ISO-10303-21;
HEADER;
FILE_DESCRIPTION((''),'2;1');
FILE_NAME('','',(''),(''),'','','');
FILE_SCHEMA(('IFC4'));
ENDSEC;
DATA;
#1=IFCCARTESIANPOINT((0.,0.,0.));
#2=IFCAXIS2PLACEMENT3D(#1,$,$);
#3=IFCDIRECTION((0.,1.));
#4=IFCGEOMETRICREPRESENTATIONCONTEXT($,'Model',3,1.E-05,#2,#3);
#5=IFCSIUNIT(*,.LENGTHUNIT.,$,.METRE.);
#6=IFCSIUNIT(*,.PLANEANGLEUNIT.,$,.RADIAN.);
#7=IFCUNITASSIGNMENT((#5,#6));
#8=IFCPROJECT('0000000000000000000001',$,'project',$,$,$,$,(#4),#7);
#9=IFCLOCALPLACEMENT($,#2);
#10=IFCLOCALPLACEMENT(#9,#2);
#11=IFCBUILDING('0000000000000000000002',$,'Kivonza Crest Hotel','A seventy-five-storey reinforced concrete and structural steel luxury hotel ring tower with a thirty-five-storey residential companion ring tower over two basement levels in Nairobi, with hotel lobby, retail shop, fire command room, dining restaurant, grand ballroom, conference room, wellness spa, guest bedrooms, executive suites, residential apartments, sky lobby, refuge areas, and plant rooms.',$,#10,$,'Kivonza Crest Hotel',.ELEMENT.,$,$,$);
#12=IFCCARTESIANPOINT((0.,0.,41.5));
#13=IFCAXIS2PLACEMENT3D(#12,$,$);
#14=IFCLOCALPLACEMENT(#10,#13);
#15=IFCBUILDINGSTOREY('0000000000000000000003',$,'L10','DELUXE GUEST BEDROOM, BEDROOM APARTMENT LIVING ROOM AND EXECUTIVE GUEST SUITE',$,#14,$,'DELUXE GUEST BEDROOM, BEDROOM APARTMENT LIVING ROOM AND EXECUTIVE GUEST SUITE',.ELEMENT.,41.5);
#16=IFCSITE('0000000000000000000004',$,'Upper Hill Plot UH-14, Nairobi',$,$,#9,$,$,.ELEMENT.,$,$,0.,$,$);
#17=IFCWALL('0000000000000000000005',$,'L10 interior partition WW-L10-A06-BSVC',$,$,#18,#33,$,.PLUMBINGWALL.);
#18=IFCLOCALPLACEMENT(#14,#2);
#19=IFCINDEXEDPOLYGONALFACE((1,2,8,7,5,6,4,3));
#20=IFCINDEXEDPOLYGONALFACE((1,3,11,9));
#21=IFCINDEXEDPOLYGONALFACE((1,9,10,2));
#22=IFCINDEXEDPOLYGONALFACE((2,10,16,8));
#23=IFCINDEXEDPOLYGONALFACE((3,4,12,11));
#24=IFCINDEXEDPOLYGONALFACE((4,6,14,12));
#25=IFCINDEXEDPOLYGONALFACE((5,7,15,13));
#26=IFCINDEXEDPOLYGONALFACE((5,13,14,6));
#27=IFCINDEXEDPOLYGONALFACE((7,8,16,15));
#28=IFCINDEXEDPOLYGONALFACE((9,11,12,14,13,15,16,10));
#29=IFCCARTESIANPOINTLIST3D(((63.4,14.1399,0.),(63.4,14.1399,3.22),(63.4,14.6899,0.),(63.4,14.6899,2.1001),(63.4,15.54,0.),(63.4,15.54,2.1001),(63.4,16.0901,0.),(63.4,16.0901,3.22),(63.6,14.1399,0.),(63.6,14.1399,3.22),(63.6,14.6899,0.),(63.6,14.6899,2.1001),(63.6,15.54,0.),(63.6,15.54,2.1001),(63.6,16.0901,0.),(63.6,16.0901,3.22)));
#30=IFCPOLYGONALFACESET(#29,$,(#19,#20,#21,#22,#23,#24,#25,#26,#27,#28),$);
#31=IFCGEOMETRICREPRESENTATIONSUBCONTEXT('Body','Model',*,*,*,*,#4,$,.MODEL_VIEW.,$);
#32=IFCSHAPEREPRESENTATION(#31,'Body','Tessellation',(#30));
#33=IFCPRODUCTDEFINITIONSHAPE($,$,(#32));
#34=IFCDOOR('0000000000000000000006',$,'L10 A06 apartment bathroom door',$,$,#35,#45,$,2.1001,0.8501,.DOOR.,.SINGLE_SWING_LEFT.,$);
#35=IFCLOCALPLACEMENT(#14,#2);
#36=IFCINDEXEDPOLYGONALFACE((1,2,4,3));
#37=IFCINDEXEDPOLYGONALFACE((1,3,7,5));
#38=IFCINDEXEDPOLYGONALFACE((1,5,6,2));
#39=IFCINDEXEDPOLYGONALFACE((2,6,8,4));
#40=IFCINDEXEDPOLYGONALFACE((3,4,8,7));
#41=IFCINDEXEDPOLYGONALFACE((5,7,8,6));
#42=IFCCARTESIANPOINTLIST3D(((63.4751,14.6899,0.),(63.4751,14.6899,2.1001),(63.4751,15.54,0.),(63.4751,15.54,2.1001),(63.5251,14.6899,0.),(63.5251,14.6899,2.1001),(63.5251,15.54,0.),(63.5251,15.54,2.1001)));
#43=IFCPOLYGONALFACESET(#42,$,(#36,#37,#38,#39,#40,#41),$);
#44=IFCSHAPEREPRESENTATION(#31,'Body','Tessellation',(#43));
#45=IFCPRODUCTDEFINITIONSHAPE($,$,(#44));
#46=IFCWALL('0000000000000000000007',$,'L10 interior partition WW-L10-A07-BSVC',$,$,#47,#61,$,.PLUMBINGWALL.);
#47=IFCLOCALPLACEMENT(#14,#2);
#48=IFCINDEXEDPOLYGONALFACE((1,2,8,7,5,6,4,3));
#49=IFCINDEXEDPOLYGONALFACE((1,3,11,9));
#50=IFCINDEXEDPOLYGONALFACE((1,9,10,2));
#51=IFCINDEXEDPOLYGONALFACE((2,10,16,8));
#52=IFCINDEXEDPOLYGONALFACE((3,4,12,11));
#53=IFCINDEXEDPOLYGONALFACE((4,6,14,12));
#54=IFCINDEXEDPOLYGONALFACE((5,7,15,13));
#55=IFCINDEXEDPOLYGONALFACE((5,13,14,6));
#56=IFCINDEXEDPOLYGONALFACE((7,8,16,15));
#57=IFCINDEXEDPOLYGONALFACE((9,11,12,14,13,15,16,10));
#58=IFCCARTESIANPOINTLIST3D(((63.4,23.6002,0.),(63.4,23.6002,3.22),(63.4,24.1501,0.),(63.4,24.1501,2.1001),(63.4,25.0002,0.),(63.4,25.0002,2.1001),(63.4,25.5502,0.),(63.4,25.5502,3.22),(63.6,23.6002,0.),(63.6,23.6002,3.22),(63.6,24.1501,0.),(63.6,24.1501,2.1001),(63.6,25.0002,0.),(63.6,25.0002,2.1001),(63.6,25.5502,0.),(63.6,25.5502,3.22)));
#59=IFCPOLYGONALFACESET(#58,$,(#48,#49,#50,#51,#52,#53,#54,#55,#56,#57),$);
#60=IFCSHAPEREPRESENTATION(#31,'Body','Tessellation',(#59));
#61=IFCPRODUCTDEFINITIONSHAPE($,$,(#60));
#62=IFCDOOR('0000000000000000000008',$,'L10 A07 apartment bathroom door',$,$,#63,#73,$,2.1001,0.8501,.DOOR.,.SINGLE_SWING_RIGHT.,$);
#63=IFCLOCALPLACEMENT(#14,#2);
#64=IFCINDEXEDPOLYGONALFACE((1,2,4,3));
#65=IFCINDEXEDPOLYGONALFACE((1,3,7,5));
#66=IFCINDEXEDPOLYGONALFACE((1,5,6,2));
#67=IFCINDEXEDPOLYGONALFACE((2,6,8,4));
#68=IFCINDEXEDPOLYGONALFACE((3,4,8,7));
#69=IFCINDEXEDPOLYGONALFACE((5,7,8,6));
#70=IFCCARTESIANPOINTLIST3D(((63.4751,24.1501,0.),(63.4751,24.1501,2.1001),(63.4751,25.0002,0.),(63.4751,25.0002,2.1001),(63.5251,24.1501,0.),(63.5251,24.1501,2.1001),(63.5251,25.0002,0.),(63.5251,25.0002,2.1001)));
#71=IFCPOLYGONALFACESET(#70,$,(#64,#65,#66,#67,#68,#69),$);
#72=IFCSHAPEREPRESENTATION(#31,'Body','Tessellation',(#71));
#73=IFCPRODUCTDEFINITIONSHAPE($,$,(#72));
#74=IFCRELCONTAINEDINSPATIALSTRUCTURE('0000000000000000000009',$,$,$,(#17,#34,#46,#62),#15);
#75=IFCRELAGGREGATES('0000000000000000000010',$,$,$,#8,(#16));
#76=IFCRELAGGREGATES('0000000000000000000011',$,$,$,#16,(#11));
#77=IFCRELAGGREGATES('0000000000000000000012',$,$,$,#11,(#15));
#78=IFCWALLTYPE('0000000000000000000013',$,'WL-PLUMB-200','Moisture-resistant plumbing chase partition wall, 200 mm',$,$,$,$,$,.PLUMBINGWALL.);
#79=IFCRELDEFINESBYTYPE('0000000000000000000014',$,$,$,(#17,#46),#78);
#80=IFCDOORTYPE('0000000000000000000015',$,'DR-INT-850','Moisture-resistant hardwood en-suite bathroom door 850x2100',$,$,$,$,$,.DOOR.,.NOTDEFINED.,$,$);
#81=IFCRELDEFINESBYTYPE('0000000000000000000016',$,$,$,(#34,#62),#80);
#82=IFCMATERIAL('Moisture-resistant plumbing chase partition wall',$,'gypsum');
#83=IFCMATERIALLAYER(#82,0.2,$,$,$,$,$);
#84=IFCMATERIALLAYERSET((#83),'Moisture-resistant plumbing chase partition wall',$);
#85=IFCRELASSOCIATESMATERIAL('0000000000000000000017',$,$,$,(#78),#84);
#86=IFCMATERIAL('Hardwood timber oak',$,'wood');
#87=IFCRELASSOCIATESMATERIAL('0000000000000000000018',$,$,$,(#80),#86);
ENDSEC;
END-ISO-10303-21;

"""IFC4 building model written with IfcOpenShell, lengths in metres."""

from ifc_helpers import new_model, si_unit, direction, frame, frame_2d, origin, place, context, subcontext, project, spatial, rectangle, extrude, material, layer, layer_set, type_object, element, fill, save


model = new_model("IFC4")

# Units and contexts
model_context = context("Model", 3, precision=1e-05, world=origin(), true_north=direction((0.0, 1.0)))
body_context = subcontext(model_context, "Body", "Model", "MODEL_VIEW")
ifc_project = project(units=[si_unit("LENGTHUNIT", "METRE"), si_unit("PLANEANGLEUNIT", "RADIAN")], contexts=[model_context])

# Site, building, storey
site_placement = place(None, origin())
site = spatial("IfcSite", under=ifc_project, at=site_placement, Name="Upper Hill Plot UH-14, Nairobi", CompositionType="ELEMENT", RefElevation=0.0)
building_placement = place(site_placement, origin())
building = spatial("IfcBuilding", under=site, at=building_placement, Name="Kivonza Crest Hotel", Description="A seventy-five-storey reinforced concrete and structural steel luxury hotel ring tower with a thirty-five-storey residential companion ring tower over two basement levels in Nairobi, with hotel lobby, retail shop, fire command room, dining restaurant, grand ballroom, conference room, wellness spa, guest bedrooms, executive suites, residential apartments, sky lobby, refuge areas, and plant rooms.", LongName="Kivonza Crest Hotel", CompositionType="ELEMENT")
storey_placement = place(building_placement, frame((0.0, 0.0, 41.5)))
storey = spatial("IfcBuildingStorey", under=building, at=storey_placement, Name="L10", Description="DELUXE GUEST BEDROOM, BEDROOM APARTMENT LIVING ROOM AND EXECUTIVE GUEST SUITE", LongName="DELUXE GUEST BEDROOM, BEDROOM APARTMENT LIVING ROOM AND EXECUTIVE GUEST SUITE", CompositionType="ELEMENT", Elevation=41.5)

# Walls, openings, doors
ifc_material_1 = material(Name="Hardwood timber oak", Category="wood")
ifc_material_2 = material(Name="Moisture-resistant plumbing chase partition wall", Category="gypsum")
ifc_layer_1 = layer(ifc_material_2, 0.2)
ifc_layer_set_1 = layer_set([ifc_layer_1], Name="Moisture-resistant plumbing chase partition wall")
wall_type_1 = type_object("IfcWallType", Name="WL-PLUMB-200", Description="Moisture-resistant plumbing chase partition wall, 200 mm", PredefinedType="PLUMBINGWALL", material=ifc_layer_set_1)
wall_1_placement = place(storey_placement, frame((63.5, 14.1399, 0.0), z_axis=(0.0, 0.0, 1.0), x_axis=(0.0, 1.0, 0.0)))
wall_1 = element("IfcWall", 1, at=wall_1_placement, inside=storey, type_object=wall_type_1, Name="L10 interior partition WW-L10-A06-BSVC", PredefinedType="PLUMBINGWALL", context=body_context, shape_type="SweptSolid", body=[
    extrude(rectangle(XDim=1.9502, YDim=0.2, at=frame_2d((0.9751, 0.0))), origin(), (0.0, 0.0, 1.0), 3.22),
])
opening_1_placement = place(wall_1_placement, frame((0.55, 0.0, 0.0)))
opening_1 = element("IfcOpeningElement", 2, at=opening_1_placement, cuts=wall_1, PredefinedType="OPENING", context=body_context, shape_type="SweptSolid", body=[
    extrude(rectangle(XDim=0.8501, YDim=2.1001, at=frame_2d((0.425, 1.05))), frame((0.0, 0.1099, 0.0), z_axis=(0.0, -1.0, 0.0), x_axis=(1.0, 0.0, 0.0)), (0.0, 0.0, 1.0), 0.22),
])
door_type_1 = type_object("IfcDoorType", Name="DR-INT-850", Description="Moisture-resistant hardwood en-suite bathroom door 850x2100", OperationType="NOTDEFINED", PredefinedType="DOOR", material=ifc_material_1)
door_1_placement = place(opening_1_placement, origin())
door_1 = element("IfcDoor", 3, at=door_1_placement, inside=storey, type_object=door_type_1, Name="L10 A06 apartment bathroom door", OperationType="SINGLE_SWING_LEFT", OverallHeight=2.1001, OverallWidth=0.8501, PredefinedType="DOOR", context=body_context, shape_type="SweptSolid", body=[
    extrude(rectangle(XDim=0.8501, YDim=2.1001, at=frame_2d((0.425, 1.05))), frame((0.0, 0.0249, 0.0), z_axis=(0.0, -1.0, 0.0), x_axis=(1.0, 0.0, 0.0)), (0.0, 0.0, 1.0), 0.05),
])
fill(opening_1, door_1)
wall_2_placement = place(storey_placement, frame((63.5, 23.6001, 0.0), z_axis=(0.0, 0.0, 1.0), x_axis=(0.0, 1.0, 0.0)))
wall_2 = element("IfcWall", 4, at=wall_2_placement, inside=storey, type_object=wall_type_1, Name="L10 interior partition WW-L10-A07-BSVC", PredefinedType="PLUMBINGWALL", context=body_context, shape_type="SweptSolid", body=[
    extrude(rectangle(XDim=1.95, YDim=0.2, at=frame_2d((0.9751, 0.0))), origin(), (0.0, 0.0, 1.0), 3.22),
])
opening_2_placement = place(wall_2_placement, frame((0.55, 0.0, 0.0)))
opening_2 = element("IfcOpeningElement", 5, at=opening_2_placement, cuts=wall_2, PredefinedType="OPENING", context=body_context, shape_type="SweptSolid", body=[
    extrude(rectangle(XDim=0.8501, YDim=2.1001, at=frame_2d((0.425, 1.05))), frame((0.0, 0.1099, 0.0), z_axis=(0.0, -1.0, 0.0), x_axis=(1.0, 0.0, 0.0)), (0.0, 0.0, 1.0), 0.22),
])
door_2_placement = place(opening_2_placement, origin())
door_2 = element("IfcDoor", 6, at=door_2_placement, inside=storey, type_object=door_type_1, Name="L10 A07 apartment bathroom door", OperationType="SINGLE_SWING_RIGHT", OverallHeight=2.1001, OverallWidth=0.8501, PredefinedType="DOOR", context=body_context, shape_type="SweptSolid", body=[
    extrude(rectangle(XDim=0.8501, YDim=2.1001, at=frame_2d((0.425, 1.05))), frame((0.0, 0.0249, 0.0), z_axis=(0.0, -1.0, 0.0), x_axis=(1.0, 0.0, 0.0)), (0.0, 0.0, 1.0), 0.05),
])
fill(opening_2, door_2)

save(model, "model.ifc")
